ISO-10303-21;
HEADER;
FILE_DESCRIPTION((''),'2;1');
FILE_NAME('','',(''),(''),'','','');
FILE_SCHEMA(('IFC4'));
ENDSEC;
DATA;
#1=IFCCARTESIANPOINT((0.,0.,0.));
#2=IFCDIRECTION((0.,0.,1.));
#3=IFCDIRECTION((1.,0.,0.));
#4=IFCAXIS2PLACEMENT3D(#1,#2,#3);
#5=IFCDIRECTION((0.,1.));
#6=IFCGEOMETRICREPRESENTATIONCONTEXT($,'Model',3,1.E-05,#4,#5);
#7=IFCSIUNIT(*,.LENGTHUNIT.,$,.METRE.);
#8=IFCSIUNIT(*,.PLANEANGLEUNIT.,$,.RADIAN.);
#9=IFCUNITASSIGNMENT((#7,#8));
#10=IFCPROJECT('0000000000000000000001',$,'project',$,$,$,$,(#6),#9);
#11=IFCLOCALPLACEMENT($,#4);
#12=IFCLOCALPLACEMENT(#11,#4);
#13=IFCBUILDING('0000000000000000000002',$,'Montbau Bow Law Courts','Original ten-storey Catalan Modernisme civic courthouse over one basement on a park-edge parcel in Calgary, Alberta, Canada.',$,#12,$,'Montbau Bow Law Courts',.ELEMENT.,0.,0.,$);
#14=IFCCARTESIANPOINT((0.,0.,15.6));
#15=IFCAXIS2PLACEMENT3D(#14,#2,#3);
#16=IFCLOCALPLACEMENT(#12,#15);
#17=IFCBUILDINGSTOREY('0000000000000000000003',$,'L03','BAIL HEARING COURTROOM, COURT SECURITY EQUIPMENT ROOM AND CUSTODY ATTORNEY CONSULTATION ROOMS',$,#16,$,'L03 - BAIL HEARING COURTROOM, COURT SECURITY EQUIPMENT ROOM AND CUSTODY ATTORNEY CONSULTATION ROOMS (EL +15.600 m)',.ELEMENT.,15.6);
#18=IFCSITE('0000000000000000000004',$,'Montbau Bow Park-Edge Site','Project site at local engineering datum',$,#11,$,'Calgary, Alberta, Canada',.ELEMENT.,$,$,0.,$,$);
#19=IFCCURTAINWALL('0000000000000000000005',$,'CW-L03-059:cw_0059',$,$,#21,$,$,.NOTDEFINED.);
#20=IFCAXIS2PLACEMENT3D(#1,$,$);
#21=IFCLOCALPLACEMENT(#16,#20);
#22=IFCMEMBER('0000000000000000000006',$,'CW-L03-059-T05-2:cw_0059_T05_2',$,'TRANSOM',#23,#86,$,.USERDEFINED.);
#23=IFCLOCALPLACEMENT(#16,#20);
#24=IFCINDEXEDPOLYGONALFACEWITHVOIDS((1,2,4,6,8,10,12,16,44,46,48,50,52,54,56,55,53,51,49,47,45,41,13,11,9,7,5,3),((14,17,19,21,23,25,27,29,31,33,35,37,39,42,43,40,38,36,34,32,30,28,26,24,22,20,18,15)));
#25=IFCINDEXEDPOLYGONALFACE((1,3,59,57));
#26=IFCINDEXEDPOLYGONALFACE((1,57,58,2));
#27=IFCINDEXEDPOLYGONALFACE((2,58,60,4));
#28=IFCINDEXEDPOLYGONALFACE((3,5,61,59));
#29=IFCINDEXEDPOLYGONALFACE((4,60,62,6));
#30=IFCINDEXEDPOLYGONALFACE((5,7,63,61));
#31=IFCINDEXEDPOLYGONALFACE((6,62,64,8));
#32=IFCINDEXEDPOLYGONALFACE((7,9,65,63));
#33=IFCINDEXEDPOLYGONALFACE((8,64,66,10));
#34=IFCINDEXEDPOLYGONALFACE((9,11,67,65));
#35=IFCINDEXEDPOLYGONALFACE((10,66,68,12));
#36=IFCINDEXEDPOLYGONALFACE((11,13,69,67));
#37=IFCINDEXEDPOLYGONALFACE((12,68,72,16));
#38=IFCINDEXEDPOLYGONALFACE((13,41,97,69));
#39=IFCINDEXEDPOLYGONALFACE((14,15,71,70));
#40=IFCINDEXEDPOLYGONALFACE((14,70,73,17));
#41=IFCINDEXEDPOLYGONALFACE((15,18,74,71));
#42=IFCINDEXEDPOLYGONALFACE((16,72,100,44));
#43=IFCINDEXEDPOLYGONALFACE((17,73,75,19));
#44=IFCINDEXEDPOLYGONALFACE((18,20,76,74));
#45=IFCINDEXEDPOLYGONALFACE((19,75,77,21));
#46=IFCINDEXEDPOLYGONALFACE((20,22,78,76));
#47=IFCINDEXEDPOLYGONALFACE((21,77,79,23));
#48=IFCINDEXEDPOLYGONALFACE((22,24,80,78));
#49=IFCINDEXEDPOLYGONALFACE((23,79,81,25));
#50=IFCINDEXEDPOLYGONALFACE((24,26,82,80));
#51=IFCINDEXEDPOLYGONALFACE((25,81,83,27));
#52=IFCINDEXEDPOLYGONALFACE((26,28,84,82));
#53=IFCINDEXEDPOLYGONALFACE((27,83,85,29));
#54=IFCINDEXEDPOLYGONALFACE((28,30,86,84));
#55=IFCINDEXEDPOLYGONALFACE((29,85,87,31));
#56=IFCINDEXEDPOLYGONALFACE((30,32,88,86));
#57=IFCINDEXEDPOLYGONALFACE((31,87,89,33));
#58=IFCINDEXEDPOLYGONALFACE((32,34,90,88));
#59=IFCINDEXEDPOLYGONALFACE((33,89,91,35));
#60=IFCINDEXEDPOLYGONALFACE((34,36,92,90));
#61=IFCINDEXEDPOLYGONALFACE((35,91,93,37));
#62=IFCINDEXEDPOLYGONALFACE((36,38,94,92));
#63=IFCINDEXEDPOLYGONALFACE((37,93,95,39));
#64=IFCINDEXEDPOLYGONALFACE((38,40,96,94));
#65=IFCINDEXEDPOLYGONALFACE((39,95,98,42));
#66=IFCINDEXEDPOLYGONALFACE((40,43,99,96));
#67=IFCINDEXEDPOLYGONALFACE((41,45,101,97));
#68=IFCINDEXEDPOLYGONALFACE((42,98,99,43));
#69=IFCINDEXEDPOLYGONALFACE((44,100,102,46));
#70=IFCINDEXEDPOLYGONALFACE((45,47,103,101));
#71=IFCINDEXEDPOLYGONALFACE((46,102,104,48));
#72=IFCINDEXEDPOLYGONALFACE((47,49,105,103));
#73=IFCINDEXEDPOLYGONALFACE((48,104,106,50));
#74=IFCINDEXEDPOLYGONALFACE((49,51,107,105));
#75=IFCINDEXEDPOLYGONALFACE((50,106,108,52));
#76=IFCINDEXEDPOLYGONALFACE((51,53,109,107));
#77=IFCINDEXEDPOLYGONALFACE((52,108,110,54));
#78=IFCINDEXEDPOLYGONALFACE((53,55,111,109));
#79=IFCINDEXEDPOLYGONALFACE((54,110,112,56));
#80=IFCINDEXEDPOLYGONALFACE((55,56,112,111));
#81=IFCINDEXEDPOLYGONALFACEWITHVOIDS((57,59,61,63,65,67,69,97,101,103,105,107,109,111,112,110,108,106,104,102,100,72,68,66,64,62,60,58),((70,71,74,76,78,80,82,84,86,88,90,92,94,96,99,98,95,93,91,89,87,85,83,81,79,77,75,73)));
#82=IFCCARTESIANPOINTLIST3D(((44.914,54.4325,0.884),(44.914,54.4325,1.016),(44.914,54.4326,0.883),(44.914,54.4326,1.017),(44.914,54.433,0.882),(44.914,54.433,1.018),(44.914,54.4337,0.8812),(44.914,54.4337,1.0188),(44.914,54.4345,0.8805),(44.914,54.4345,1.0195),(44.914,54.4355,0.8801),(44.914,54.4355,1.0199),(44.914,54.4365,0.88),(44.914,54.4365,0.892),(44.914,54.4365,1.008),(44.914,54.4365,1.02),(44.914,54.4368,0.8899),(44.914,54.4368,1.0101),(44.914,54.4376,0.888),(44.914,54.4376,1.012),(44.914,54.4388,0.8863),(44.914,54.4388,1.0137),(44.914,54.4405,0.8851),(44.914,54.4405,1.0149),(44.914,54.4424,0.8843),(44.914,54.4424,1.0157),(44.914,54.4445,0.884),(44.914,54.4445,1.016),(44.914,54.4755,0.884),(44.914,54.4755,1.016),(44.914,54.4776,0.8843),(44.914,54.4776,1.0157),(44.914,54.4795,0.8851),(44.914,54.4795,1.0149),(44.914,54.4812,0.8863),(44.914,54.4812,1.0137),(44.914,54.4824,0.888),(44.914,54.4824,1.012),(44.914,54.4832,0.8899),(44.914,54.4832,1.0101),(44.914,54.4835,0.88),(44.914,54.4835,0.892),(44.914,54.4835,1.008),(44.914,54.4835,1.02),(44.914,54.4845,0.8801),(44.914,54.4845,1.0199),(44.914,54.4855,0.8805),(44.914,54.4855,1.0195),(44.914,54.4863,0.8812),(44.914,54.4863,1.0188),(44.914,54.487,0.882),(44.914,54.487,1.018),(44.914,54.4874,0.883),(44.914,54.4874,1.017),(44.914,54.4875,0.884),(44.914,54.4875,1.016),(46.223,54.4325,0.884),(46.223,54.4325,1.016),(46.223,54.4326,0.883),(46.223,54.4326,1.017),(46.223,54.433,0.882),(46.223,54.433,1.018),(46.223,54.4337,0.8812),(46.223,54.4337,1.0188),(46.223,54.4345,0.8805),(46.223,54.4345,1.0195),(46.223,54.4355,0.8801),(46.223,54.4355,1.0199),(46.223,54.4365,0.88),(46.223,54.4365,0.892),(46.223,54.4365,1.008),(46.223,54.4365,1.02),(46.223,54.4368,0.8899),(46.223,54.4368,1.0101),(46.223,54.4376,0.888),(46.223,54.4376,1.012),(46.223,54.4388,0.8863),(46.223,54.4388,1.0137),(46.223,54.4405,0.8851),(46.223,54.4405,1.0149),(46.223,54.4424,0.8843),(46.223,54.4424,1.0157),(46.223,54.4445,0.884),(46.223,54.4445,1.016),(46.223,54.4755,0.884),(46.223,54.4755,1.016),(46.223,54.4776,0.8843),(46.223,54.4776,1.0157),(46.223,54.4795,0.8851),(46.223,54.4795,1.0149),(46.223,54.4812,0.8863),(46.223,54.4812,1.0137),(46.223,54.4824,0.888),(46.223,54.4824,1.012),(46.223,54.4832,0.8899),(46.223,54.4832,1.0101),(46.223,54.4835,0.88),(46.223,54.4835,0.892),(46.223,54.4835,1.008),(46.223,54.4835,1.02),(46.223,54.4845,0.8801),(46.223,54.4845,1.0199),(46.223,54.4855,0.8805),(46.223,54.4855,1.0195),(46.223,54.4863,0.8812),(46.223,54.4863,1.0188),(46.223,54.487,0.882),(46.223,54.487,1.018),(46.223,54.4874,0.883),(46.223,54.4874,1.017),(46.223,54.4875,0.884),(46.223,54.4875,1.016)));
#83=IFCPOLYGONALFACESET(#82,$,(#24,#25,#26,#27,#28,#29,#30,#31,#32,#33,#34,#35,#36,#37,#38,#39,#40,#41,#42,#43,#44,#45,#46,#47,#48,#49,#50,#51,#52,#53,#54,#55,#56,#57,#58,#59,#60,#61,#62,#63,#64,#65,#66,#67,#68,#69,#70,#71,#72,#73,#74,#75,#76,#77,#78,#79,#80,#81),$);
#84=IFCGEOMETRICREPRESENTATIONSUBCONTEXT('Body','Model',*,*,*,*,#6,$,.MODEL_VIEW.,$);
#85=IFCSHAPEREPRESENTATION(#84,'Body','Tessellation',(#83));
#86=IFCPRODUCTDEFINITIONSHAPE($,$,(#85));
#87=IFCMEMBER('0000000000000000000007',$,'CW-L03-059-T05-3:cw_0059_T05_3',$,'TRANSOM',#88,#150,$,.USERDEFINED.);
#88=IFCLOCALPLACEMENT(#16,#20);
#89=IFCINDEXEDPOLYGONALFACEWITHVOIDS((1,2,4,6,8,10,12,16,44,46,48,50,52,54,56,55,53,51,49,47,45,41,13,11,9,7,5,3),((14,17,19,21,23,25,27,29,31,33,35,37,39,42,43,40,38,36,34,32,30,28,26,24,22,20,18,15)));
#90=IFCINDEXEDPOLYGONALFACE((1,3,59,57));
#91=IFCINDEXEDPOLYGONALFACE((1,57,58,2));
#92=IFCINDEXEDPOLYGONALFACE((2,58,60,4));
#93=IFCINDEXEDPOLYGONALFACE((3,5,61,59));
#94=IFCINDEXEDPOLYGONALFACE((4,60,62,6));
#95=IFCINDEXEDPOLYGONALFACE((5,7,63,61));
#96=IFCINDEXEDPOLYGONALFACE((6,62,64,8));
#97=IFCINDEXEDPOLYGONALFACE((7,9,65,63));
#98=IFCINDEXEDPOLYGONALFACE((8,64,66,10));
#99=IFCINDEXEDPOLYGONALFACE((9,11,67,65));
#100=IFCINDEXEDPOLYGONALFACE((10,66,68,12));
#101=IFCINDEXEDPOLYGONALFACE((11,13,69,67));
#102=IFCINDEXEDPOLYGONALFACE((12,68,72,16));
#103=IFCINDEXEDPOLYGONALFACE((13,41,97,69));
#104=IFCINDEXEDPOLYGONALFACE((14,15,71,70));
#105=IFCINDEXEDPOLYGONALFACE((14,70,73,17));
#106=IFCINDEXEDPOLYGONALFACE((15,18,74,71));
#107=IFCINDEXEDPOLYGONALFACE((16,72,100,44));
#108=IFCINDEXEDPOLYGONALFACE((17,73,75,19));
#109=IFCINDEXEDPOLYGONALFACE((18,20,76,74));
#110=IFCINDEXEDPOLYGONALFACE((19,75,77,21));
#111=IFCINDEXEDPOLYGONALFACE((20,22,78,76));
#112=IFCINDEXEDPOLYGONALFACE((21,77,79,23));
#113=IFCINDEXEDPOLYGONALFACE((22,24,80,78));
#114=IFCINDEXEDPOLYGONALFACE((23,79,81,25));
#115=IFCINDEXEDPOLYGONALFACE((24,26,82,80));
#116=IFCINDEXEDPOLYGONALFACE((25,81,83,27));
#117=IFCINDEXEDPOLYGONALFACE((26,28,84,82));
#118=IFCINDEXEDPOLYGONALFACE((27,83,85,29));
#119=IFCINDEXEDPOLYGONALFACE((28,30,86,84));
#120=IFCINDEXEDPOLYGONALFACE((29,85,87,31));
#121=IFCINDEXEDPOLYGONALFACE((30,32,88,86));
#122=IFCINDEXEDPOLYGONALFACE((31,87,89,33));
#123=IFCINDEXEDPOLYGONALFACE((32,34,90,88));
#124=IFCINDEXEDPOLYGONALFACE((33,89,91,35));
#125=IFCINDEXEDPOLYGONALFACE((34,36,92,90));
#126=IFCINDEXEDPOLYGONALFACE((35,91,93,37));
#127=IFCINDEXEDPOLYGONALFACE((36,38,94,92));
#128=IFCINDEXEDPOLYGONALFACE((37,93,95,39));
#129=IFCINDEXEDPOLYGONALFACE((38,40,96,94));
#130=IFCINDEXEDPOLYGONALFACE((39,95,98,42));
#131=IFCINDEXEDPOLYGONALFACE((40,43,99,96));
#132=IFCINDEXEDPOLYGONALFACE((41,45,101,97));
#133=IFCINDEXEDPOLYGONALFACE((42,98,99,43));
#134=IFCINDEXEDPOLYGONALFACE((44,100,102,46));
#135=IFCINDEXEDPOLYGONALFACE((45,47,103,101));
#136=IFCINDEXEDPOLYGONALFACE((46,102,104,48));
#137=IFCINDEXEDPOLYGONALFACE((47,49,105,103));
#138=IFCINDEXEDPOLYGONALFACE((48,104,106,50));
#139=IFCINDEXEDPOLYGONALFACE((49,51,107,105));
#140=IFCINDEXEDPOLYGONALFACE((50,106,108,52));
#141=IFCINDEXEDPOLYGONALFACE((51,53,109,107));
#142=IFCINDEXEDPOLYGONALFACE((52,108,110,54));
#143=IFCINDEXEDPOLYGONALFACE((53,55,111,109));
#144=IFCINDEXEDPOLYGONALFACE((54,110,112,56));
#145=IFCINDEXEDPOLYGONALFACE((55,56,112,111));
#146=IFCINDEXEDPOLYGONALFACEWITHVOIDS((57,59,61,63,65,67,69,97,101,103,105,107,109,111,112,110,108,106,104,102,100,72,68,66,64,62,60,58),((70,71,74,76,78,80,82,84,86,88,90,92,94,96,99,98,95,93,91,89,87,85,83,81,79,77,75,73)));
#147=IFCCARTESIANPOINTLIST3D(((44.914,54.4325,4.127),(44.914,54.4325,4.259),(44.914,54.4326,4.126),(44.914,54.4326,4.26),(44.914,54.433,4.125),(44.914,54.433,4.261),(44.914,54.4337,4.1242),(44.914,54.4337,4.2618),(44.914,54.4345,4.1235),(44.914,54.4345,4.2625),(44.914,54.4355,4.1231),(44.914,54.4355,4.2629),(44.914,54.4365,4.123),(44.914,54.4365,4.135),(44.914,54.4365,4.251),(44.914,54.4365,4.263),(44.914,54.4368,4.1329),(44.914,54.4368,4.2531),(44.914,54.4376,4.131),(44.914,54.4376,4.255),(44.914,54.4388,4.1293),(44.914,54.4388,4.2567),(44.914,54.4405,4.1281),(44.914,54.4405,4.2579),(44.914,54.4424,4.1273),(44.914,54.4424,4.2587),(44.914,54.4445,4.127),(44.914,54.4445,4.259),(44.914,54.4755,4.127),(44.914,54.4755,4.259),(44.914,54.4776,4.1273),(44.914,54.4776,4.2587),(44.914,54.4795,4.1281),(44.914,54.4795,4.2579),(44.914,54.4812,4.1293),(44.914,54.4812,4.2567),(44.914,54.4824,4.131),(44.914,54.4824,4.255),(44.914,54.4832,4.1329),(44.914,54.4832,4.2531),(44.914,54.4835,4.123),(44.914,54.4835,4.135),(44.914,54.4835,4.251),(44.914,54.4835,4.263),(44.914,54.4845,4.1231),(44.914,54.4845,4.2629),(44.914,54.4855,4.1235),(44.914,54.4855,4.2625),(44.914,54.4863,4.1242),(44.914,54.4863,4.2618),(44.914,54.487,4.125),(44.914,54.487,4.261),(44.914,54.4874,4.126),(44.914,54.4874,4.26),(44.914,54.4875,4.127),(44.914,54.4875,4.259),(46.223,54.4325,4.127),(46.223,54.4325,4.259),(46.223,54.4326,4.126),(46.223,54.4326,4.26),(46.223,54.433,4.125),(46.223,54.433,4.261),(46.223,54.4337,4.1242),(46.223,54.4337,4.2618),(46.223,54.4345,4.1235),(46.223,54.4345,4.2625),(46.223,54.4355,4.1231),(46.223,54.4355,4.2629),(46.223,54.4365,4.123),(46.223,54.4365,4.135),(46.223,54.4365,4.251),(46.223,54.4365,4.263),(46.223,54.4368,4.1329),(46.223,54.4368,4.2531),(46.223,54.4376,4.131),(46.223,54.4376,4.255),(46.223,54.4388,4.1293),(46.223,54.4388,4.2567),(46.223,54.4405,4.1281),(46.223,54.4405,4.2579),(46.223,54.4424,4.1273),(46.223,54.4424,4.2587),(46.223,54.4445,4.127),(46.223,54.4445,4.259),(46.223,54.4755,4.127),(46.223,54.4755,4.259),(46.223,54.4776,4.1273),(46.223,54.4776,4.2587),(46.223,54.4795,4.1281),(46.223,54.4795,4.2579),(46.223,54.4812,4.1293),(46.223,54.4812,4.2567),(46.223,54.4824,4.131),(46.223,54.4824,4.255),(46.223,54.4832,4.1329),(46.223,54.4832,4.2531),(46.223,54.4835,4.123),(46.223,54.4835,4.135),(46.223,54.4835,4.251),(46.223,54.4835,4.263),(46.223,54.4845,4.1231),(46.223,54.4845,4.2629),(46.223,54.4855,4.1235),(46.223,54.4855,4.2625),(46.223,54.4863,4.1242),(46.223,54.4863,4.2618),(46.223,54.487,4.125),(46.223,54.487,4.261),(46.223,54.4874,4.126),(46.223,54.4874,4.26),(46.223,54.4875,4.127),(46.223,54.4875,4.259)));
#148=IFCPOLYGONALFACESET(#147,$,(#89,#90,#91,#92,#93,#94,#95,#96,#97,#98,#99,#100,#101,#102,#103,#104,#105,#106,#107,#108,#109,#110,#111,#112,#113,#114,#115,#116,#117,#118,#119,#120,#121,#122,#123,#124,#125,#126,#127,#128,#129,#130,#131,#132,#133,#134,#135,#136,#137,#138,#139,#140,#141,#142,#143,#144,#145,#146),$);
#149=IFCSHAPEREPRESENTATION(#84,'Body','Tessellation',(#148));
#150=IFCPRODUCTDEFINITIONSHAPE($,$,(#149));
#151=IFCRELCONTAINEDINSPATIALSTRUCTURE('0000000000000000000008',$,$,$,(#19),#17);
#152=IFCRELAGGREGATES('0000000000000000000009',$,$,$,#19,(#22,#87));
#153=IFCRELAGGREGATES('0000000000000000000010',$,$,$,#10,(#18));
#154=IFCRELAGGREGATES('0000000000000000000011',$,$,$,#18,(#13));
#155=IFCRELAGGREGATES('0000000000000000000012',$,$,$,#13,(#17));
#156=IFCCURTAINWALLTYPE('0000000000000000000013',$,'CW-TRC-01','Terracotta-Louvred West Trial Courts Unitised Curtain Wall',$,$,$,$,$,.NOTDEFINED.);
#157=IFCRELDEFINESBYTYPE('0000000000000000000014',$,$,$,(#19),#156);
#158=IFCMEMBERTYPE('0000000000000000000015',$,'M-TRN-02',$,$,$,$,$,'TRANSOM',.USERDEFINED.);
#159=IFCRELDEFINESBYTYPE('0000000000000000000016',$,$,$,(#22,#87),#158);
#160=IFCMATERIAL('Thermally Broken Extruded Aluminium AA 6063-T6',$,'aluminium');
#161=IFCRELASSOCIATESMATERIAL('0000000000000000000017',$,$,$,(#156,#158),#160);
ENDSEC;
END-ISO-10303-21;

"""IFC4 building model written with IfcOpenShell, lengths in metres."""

from ifc_helpers import new_model, si_unit, direction, frame, origin_with_axes, origin_2d_with_axis, place, context, subcontext, project, spatial, hollow_rectangle, extrude, material, material_profile, profile_set, type_object, element, aggregate, save


model = new_model("IFC4")

# Units and contexts
model_context = context("Model", 3, precision=1e-05, world=origin_with_axes(), true_north=direction((0.0, 1.0)))
body_context = subcontext(model_context, "Body", "Model", "MODEL_VIEW")
ifc_project = project(units=[si_unit("LENGTHUNIT", "METRE"), si_unit("PLANEANGLEUNIT", "RADIAN")], contexts=[model_context])

# Site, building, storey
site_placement = place(None, origin_with_axes())
site = spatial("IfcSite", under=ifc_project, at=site_placement, Name="Montbau Bow Park-Edge Site", Description="Project site at local engineering datum", LongName="Calgary, Alberta, Canada", CompositionType="ELEMENT", RefElevation=0.0)
building_placement = place(site_placement, origin_with_axes())
building = spatial("IfcBuilding", under=site, at=building_placement, Name="Montbau Bow Law Courts", Description="Original ten-storey Catalan Modernisme civic courthouse over one basement on a park-edge parcel in Calgary, Alberta, Canada.", LongName="Montbau Bow Law Courts", CompositionType="ELEMENT", ElevationOfRefHeight=0.0, ElevationOfTerrain=0.0)
storey_placement = place(building_placement, frame((0.0, 0.0, 15.6), z_axis=(0.0, 0.0, 1.0), x_axis=(1.0, 0.0, 0.0)))
storey = spatial("IfcBuildingStorey", under=building, at=storey_placement, Name="L03", Description="BAIL HEARING COURTROOM, COURT SECURITY EQUIPMENT ROOM AND CUSTODY ATTORNEY CONSULTATION ROOMS", LongName="L03 - BAIL HEARING COURTROOM, COURT SECURITY EQUIPMENT ROOM AND CUSTODY ATTORNEY CONSULTATION ROOMS (EL +15.600 m)", CompositionType="ELEMENT", Elevation=15.6)

# Shared definitions
ifc_material_1 = material(Name="Thermally Broken Extruded Aluminium AA 6063-T6", Category="aluminium")

# Curtain wall
curtain_wall_type_1 = type_object("IfcCurtainWallType", Name="CW-TRC-01", Description="Terracotta-Louvred West Trial Courts Unitised Curtain Wall", PredefinedType="NOTDEFINED", material=ifc_material_1)
curtain_wall_1_placement = place(None, frame((39.268, 54.46, 15.6), z_axis=(0.0, 0.0, 1.0), x_axis=(1.0, 0.0, 0.0)))
curtain_wall_1 = element("IfcCurtainWall", 1, at=curtain_wall_1_placement, inside=storey, type_object=curtain_wall_type_1, Name="CW-L03-059:cw_0059", PredefinedType="NOTDEFINED")

# Members
ifc_material_profile_1 = material_profile(ifc_material_1, hollow_rectangle(XDim=0.055, YDim=0.14, WallThickness=0.004, InnerFilletRadius=0.008, OuterFilletRadius=0.004, at=origin_2d_with_axis()), Name="CWT-140X55", Category="Main", Priority=0)
ifc_profile_set_1 = profile_set([ifc_material_profile_1], Name="Thermally Broken Extruded Aluminium AA 6063-T6")
member_type_1 = type_object("IfcMemberType", Name="M-TRN-02", ElementType="TRANSOM", PredefinedType="USERDEFINED", material=ifc_profile_set_1)
member_1_placement = place(None, frame((44.914, 54.46, 16.55), z_axis=(1.0, 0.0, 0.0), x_axis=(0.0, 1.0, 0.0)))
member_1 = element("IfcMember", 2, at=member_1_placement, type_object=member_type_1, Name="CW-L03-059-T05-2:cw_0059_T05_2", ObjectType="TRANSOM", PredefinedType="USERDEFINED", context=body_context, shape_type="SweptSolid", body=[
    extrude(hollow_rectangle(XDim=0.055, YDim=0.14, WallThickness=0.004, InnerFilletRadius=0.008, OuterFilletRadius=0.004, at=origin_2d_with_axis()), origin_with_axes(), (0.0, 0.0, 1.0), 1.309),
])
member_2_placement = place(None, frame((44.914, 54.46, 19.793), z_axis=(1.0, 0.0, 0.0), x_axis=(0.0, 1.0, 0.0)))
member_2 = element("IfcMember", 3, at=member_2_placement, type_object=member_type_1, Name="CW-L03-059-T05-3:cw_0059_T05_3", ObjectType="TRANSOM", PredefinedType="USERDEFINED", context=body_context, shape_type="SweptSolid", body=[
    extrude(hollow_rectangle(XDim=0.055, YDim=0.14, WallThickness=0.004, InnerFilletRadius=0.008, OuterFilletRadius=0.004, at=origin_2d_with_axis()), origin_with_axes(), (0.0, 0.0, 1.0), 1.309),
])

aggregate(curtain_wall_1, [member_1, member_2])

save(model, "model.ifc")
